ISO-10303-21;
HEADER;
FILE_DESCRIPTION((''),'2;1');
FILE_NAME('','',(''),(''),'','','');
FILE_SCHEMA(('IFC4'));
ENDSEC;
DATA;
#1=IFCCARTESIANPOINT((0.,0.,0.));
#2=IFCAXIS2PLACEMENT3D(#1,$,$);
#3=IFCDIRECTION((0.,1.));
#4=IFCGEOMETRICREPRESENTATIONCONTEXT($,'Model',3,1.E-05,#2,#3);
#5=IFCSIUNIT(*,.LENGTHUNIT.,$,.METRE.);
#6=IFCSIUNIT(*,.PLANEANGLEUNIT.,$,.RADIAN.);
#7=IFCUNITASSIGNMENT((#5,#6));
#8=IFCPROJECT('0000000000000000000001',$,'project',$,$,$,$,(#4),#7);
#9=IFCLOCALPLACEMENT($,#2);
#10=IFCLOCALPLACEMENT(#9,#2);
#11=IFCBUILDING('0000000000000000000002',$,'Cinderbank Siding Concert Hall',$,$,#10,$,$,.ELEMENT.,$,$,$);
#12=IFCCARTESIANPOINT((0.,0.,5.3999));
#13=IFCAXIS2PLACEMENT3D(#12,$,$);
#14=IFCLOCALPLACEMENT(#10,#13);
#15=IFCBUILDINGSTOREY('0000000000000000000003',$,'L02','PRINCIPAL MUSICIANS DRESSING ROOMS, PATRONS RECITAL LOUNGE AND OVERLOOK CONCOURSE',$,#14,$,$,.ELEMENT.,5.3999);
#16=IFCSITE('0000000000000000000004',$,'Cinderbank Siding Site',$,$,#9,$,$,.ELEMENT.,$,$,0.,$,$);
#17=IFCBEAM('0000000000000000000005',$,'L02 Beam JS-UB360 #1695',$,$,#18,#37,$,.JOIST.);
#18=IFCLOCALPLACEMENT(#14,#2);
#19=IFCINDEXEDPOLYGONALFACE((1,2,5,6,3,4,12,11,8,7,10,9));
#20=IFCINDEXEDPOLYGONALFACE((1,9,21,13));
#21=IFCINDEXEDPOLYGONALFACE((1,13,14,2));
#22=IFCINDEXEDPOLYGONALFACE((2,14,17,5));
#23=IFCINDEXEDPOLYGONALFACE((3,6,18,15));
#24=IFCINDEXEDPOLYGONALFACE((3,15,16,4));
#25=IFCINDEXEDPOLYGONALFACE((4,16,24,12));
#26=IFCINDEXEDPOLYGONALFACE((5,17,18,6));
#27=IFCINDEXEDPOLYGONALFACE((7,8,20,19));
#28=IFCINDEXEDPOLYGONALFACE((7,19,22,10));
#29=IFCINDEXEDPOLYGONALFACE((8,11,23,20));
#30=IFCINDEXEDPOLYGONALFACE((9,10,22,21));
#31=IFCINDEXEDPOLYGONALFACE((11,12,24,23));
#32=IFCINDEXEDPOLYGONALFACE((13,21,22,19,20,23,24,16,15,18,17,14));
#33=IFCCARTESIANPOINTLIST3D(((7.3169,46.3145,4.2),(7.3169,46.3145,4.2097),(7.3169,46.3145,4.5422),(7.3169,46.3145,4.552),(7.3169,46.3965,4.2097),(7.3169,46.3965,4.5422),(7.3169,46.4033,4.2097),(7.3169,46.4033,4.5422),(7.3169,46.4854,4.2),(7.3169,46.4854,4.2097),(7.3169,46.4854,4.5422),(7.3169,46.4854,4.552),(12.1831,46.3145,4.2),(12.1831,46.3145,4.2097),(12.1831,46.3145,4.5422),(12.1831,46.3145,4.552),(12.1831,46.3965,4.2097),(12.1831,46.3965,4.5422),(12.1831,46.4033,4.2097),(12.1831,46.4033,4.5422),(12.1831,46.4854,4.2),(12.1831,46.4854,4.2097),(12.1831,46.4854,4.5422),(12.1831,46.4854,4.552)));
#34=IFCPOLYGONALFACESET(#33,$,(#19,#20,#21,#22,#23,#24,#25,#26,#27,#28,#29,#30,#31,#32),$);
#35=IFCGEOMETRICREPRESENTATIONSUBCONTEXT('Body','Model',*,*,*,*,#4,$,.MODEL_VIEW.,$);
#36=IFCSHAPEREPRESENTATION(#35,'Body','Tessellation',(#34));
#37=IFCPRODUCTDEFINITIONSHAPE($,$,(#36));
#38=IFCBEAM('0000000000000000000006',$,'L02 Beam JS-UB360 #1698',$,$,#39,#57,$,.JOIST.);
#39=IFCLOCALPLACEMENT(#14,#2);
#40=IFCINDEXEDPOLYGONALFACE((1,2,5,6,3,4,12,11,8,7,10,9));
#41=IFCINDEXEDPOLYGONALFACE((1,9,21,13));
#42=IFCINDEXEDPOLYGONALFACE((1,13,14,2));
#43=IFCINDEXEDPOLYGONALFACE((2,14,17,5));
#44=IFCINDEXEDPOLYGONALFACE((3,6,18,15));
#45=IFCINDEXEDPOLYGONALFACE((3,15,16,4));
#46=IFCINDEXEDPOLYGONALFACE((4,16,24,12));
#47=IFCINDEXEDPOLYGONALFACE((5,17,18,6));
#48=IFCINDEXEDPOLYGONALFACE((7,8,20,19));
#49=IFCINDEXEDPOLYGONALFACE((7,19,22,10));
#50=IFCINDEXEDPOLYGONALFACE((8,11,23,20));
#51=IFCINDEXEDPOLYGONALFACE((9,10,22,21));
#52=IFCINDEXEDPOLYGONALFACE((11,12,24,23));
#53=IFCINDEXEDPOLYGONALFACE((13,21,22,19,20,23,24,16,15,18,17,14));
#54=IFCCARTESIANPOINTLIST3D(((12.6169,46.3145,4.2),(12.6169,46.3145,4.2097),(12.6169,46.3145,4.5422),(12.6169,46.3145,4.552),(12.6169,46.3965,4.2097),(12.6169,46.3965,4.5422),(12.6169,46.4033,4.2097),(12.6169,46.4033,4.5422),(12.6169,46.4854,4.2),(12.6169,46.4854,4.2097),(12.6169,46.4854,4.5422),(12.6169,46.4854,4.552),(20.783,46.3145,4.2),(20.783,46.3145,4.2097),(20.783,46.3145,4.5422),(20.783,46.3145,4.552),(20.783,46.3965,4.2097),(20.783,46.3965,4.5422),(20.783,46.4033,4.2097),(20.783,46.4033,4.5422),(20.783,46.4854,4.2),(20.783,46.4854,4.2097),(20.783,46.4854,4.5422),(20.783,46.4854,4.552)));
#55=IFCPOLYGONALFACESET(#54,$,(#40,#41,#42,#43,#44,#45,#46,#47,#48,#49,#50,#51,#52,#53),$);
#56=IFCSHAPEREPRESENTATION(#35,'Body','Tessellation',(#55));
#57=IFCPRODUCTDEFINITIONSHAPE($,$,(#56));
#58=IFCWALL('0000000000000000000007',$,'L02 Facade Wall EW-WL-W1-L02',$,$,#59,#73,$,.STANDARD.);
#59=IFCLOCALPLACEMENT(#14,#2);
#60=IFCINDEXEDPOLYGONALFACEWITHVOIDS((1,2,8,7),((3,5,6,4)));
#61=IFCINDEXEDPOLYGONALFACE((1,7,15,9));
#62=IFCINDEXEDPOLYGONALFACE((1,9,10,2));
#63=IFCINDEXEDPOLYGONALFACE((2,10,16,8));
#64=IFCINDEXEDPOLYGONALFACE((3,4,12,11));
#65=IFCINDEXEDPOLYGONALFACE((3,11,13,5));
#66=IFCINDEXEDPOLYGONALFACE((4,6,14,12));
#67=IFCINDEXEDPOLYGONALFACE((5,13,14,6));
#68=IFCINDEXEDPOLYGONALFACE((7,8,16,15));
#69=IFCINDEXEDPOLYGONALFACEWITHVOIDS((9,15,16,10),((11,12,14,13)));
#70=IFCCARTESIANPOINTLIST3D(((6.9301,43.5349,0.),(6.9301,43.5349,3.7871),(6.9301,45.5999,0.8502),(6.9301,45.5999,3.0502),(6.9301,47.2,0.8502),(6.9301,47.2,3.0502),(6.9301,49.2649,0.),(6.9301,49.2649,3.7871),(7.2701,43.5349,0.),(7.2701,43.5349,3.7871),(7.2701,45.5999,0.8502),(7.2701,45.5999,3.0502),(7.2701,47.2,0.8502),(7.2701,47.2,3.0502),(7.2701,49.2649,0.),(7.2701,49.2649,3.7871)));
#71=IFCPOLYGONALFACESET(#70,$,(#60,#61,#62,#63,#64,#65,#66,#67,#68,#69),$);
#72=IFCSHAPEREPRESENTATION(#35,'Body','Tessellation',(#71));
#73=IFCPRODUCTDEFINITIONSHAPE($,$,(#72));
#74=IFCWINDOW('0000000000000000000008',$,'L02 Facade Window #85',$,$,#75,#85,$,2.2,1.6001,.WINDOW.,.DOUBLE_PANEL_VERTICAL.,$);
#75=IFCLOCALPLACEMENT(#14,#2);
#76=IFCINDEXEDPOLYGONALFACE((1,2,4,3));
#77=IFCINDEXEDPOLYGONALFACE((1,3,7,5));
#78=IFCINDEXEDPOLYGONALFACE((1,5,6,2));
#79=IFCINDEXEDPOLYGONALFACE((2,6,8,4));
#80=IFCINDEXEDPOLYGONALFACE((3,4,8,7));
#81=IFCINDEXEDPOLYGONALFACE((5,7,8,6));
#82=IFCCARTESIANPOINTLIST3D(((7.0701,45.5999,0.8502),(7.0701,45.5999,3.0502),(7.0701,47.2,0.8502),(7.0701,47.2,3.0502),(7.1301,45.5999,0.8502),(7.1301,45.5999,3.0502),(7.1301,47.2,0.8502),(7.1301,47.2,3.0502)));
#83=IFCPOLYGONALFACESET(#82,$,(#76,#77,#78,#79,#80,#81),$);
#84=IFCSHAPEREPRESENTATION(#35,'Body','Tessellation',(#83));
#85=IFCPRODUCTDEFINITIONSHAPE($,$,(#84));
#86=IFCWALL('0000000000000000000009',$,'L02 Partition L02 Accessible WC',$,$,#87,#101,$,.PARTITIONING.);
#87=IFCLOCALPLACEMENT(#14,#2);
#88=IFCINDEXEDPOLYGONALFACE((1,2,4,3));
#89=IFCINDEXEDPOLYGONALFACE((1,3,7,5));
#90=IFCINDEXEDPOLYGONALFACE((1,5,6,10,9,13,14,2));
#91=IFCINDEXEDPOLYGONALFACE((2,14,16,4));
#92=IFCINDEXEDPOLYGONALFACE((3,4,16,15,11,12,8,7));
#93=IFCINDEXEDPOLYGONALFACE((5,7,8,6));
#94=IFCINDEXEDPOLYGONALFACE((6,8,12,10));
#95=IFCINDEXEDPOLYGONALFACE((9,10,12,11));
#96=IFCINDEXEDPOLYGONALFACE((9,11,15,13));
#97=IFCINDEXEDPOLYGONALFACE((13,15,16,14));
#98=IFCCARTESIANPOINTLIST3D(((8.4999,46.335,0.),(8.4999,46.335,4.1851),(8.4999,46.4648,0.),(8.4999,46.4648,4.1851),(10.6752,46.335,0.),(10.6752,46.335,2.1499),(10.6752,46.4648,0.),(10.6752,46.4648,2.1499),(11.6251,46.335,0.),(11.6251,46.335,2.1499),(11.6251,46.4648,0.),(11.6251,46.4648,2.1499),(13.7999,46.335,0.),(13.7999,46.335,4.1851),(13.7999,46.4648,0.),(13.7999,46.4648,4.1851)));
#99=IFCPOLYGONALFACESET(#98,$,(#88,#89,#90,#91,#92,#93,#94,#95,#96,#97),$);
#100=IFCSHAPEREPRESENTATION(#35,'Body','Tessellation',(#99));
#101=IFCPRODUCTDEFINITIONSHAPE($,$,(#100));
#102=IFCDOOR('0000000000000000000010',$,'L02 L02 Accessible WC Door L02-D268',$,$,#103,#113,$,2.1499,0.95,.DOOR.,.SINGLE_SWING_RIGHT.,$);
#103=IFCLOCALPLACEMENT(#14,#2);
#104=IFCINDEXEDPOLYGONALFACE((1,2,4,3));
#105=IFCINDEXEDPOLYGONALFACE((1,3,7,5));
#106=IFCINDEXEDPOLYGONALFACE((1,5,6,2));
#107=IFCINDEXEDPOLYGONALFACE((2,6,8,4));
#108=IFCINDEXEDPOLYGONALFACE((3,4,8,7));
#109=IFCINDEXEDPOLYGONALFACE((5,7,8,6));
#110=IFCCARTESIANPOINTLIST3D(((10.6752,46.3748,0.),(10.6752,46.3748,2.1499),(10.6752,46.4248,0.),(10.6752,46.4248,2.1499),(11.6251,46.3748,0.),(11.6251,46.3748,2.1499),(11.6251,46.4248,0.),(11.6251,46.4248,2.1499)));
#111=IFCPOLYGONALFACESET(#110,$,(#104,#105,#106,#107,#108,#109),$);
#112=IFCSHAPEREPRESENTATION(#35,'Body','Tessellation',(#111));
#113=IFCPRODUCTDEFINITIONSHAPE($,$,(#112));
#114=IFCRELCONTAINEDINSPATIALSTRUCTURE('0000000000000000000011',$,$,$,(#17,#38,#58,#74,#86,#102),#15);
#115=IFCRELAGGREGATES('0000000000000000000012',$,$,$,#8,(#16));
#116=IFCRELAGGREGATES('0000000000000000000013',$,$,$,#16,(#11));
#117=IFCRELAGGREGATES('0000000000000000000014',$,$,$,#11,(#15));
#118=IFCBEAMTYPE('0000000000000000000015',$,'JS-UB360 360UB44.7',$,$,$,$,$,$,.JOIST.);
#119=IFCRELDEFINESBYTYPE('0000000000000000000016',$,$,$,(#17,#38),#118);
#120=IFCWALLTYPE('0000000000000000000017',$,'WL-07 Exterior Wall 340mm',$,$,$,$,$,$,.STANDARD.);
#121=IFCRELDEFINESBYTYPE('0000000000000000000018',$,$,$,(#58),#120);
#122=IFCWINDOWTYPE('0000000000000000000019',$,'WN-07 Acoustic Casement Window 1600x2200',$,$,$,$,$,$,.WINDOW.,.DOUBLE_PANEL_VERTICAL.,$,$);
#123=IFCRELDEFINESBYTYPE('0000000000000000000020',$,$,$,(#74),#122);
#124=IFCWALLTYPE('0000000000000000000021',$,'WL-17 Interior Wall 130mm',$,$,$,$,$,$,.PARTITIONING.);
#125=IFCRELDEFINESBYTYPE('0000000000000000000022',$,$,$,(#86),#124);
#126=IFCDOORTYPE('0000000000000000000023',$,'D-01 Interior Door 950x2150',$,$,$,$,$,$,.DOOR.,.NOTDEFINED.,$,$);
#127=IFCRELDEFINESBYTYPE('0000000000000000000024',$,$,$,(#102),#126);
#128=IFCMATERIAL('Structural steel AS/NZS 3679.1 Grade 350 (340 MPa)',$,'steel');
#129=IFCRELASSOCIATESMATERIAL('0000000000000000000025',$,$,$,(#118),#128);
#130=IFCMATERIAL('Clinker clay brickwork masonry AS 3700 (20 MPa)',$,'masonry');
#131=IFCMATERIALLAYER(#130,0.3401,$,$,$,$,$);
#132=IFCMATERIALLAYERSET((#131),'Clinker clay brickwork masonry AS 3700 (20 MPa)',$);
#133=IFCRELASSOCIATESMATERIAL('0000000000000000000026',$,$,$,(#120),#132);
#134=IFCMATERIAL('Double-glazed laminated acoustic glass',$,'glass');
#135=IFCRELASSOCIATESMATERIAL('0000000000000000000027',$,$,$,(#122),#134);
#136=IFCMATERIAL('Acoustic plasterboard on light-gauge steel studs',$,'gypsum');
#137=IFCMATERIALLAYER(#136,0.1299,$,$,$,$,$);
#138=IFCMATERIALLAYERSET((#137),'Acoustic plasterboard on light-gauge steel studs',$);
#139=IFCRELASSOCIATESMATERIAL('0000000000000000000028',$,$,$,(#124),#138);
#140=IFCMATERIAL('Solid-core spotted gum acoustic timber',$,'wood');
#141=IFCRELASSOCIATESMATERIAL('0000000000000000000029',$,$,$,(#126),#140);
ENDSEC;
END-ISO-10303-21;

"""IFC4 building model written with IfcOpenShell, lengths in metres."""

from ifc_helpers import new_model, si_unit, direction, frame, frame_2d, origin, origin_2d, place, context, subcontext, project, spatial, rectangle, i_section, extrude, material, layer, layer_set, material_profile, profile_set, type_object, element, fill, save


model = new_model("IFC4")

# Units and contexts
model_context = context("Model", 3, precision=1e-05, world=origin(), true_north=direction((0.0, 1.0)))
body_context = subcontext(model_context, "Body", "Model", "MODEL_VIEW")
ifc_project = project(units=[si_unit("LENGTHUNIT", "METRE"), si_unit("PLANEANGLEUNIT", "RADIAN")], contexts=[model_context])

# Site, building, storey
site_placement = place(None, origin())
site = spatial("IfcSite", under=ifc_project, at=site_placement, Name="Cinderbank Siding Site", CompositionType="ELEMENT", RefElevation=0.0)
building_placement = place(site_placement, origin())
building = spatial("IfcBuilding", under=site, at=building_placement, Name="Cinderbank Siding Concert Hall", CompositionType="ELEMENT")
storey_placement = place(building_placement, frame((0.0, 0.0, 5.3999)))
storey = spatial("IfcBuildingStorey", under=building, at=storey_placement, Name="L02", Description="PRINCIPAL MUSICIANS DRESSING ROOMS, PATRONS RECITAL LOUNGE AND OVERLOOK CONCOURSE", CompositionType="ELEMENT", Elevation=5.3999)

# Beams
ifc_material_1 = material(Name="Structural steel AS/NZS 3679.1 Grade 350 (340 MPa)", Category="steel")
ifc_material_profile_1 = material_profile(ifc_material_1, i_section(OverallWidth=0.1709, OverallDepth=0.3521, WebThickness=0.0068, FlangeThickness=0.0098, at=origin_2d()), Name="360UB44.7", Category="LoadBearing")
ifc_profile_set_1 = profile_set([ifc_material_profile_1], Name="Structural steel AS/NZS 3679.1 Grade 350 (340 MPa)")
beam_type_1 = type_object("IfcBeamType", Name="JS-UB360 360UB44.7", PredefinedType="JOIST", material=ifc_profile_set_1)
beam_1_placement = place(storey_placement, frame((7.3169, 46.3999, 4.376), z_axis=(1.0, 0.0, 0.0), x_axis=(0.0, 1.0, 0.0)))
element("IfcBeam", 1, at=beam_1_placement, inside=storey, type_object=beam_type_1, Name="L02 Beam JS-UB360 #1695", PredefinedType="JOIST", context=body_context, shape_type="SweptSolid", body=[
    extrude(i_section(OverallWidth=0.1709, OverallDepth=0.3521, WebThickness=0.0068, FlangeThickness=0.0098, at=origin_2d()), origin(), (0.0, 0.0, 1.0), 4.8662),
])
beam_2_placement = place(storey_placement, frame((12.6169, 46.3999, 4.376), z_axis=(1.0, 0.0, 0.0), x_axis=(0.0, 1.0, 0.0)))
element("IfcBeam", 2, at=beam_2_placement, inside=storey, type_object=beam_type_1, Name="L02 Beam JS-UB360 #1698", PredefinedType="JOIST", context=body_context, shape_type="SweptSolid", body=[
    extrude(i_section(OverallWidth=0.1709, OverallDepth=0.3521, WebThickness=0.0068, FlangeThickness=0.0098, at=origin_2d()), origin(), (0.0, 0.0, 1.0), 8.166),
])

# Wall, opening, window
ifc_material_2 = material(Name="Clinker clay brickwork masonry AS 3700 (20 MPa)", Category="masonry")
ifc_layer_1 = layer(ifc_material_2, 0.3401)
ifc_layer_set_1 = layer_set([ifc_layer_1], Name="Clinker clay brickwork masonry AS 3700 (20 MPa)")
wall_type_1 = type_object("IfcWallType", Name="WL-07 Exterior Wall 340mm", PredefinedType="STANDARD", material=ifc_layer_set_1)
wall_1_placement = place(storey_placement, frame((7.1001, 43.5349, 0.0), z_axis=(0.0, 0.0, 1.0), x_axis=(0.0, 1.0, 0.0)))
wall_1 = element("IfcWall", 3, at=wall_1_placement, inside=storey, type_object=wall_type_1, Name="L02 Facade Wall EW-WL-W1-L02", PredefinedType="STANDARD", context=body_context, shape_type="SweptSolid", body=[
    extrude(rectangle(XDim=5.73, YDim=0.3401, at=frame_2d((2.865, 0.0))), origin(), (0.0, 0.0, 1.0), 3.7871),
])
opening_1_placement = place(wall_1_placement, frame((2.0649, 0.0, 0.8501)))
opening_1 = element("IfcOpeningElement", 4, at=opening_1_placement, cuts=wall_1, PredefinedType="OPENING", context=body_context, shape_type="SweptSolid", body=[
    extrude(rectangle(XDim=1.6001, YDim=2.2, at=frame_2d((0.8, 1.1001))), frame((0.0, 0.1821, 0.0), z_axis=(0.0, -1.0, 0.0), x_axis=(1.0, 0.0, 0.0)), (0.0, 0.0, 1.0), 0.364),
])
ifc_material_3 = material(Name="Double-glazed laminated acoustic glass", Category="glass")
window_type = type_object("IfcWindowType", Name="WN-07 Acoustic Casement Window 1600x2200", PartitioningType="DOUBLE_PANEL_VERTICAL", PredefinedType="WINDOW", material=ifc_material_3)
window_placement = place(opening_1_placement, origin())
window = element("IfcWindow", 5, at=window_placement, inside=storey, type_object=window_type, Name="L02 Facade Window #85", OverallHeight=2.2, OverallWidth=1.6001, PartitioningType="DOUBLE_PANEL_VERTICAL", PredefinedType="WINDOW", context=body_context, shape_type="SweptSolid", body=[
    extrude(rectangle(XDim=1.6001, YDim=2.2, at=frame_2d((0.8, 1.1001))), frame((0.0, 0.03, 0.0), z_axis=(0.0, -1.0, 0.0), x_axis=(1.0, 0.0, 0.0)), (0.0, 0.0, 1.0), 0.0601),
])
fill(opening_1, window)

# Wall, opening, door
ifc_material_4 = material(Name="Acoustic plasterboard on light-gauge steel studs", Category="gypsum")
ifc_layer_2 = layer(ifc_material_4, 0.1299)
ifc_layer_set_2 = layer_set([ifc_layer_2], Name="Acoustic plasterboard on light-gauge steel studs")
wall_type_2 = type_object("IfcWallType", Name="WL-17 Interior Wall 130mm", PredefinedType="PARTITIONING", material=ifc_layer_set_2)
wall_2_placement = place(storey_placement, frame((8.5, 46.3999, 0.0), z_axis=(0.0, 0.0, 1.0), x_axis=(1.0, 0.0, 0.0)))
wall_2 = element("IfcWall", 6, at=wall_2_placement, inside=storey, type_object=wall_type_2, Name="L02 Partition L02 Accessible WC", PredefinedType="PARTITIONING", context=body_context, shape_type="SweptSolid", body=[
    extrude(rectangle(XDim=5.3, YDim=0.1299, at=frame_2d((2.6499, 0.0))), origin(), (0.0, 0.0, 1.0), 4.1851),
])
opening_2_placement = place(wall_2_placement, frame((2.175, 0.0, 0.0)))
opening_2 = element("IfcOpeningElement", 7, at=opening_2_placement, cuts=wall_2, PredefinedType="OPENING", context=body_context, shape_type="SweptSolid", body=[
    extrude(rectangle(XDim=0.95, YDim=2.1499, at=frame_2d((0.4751, 1.075))), frame((0.0, 0.0769, 0.0), z_axis=(0.0, -1.0, 0.0), x_axis=(1.0, 0.0, 0.0)), (0.0, 0.0, 1.0), 0.1538),
])
ifc_material_5 = material(Name="Solid-core spotted gum acoustic timber", Category="wood")
door_type = type_object("IfcDoorType", Name="D-01 Interior Door 950x2150", OperationType="NOTDEFINED", PredefinedType="DOOR", material=ifc_material_5)
door_placement = place(opening_2_placement, origin())
door = element("IfcDoor", 8, at=door_placement, inside=storey, type_object=door_type, Name="L02 L02 Accessible WC Door L02-D268", OperationType="SINGLE_SWING_RIGHT", OverallHeight=2.1499, OverallWidth=0.95, PredefinedType="DOOR", context=body_context, shape_type="SweptSolid", body=[
    extrude(rectangle(XDim=0.95, YDim=2.1499, at=frame_2d((0.4751, 1.075))), frame((0.0, 0.0249, 0.0), z_axis=(0.0, -1.0, 0.0), x_axis=(1.0, 0.0, 0.0)), (0.0, 0.0, 1.0), 0.05),
])
fill(opening_2, door)

save(model, "model.ifc")
